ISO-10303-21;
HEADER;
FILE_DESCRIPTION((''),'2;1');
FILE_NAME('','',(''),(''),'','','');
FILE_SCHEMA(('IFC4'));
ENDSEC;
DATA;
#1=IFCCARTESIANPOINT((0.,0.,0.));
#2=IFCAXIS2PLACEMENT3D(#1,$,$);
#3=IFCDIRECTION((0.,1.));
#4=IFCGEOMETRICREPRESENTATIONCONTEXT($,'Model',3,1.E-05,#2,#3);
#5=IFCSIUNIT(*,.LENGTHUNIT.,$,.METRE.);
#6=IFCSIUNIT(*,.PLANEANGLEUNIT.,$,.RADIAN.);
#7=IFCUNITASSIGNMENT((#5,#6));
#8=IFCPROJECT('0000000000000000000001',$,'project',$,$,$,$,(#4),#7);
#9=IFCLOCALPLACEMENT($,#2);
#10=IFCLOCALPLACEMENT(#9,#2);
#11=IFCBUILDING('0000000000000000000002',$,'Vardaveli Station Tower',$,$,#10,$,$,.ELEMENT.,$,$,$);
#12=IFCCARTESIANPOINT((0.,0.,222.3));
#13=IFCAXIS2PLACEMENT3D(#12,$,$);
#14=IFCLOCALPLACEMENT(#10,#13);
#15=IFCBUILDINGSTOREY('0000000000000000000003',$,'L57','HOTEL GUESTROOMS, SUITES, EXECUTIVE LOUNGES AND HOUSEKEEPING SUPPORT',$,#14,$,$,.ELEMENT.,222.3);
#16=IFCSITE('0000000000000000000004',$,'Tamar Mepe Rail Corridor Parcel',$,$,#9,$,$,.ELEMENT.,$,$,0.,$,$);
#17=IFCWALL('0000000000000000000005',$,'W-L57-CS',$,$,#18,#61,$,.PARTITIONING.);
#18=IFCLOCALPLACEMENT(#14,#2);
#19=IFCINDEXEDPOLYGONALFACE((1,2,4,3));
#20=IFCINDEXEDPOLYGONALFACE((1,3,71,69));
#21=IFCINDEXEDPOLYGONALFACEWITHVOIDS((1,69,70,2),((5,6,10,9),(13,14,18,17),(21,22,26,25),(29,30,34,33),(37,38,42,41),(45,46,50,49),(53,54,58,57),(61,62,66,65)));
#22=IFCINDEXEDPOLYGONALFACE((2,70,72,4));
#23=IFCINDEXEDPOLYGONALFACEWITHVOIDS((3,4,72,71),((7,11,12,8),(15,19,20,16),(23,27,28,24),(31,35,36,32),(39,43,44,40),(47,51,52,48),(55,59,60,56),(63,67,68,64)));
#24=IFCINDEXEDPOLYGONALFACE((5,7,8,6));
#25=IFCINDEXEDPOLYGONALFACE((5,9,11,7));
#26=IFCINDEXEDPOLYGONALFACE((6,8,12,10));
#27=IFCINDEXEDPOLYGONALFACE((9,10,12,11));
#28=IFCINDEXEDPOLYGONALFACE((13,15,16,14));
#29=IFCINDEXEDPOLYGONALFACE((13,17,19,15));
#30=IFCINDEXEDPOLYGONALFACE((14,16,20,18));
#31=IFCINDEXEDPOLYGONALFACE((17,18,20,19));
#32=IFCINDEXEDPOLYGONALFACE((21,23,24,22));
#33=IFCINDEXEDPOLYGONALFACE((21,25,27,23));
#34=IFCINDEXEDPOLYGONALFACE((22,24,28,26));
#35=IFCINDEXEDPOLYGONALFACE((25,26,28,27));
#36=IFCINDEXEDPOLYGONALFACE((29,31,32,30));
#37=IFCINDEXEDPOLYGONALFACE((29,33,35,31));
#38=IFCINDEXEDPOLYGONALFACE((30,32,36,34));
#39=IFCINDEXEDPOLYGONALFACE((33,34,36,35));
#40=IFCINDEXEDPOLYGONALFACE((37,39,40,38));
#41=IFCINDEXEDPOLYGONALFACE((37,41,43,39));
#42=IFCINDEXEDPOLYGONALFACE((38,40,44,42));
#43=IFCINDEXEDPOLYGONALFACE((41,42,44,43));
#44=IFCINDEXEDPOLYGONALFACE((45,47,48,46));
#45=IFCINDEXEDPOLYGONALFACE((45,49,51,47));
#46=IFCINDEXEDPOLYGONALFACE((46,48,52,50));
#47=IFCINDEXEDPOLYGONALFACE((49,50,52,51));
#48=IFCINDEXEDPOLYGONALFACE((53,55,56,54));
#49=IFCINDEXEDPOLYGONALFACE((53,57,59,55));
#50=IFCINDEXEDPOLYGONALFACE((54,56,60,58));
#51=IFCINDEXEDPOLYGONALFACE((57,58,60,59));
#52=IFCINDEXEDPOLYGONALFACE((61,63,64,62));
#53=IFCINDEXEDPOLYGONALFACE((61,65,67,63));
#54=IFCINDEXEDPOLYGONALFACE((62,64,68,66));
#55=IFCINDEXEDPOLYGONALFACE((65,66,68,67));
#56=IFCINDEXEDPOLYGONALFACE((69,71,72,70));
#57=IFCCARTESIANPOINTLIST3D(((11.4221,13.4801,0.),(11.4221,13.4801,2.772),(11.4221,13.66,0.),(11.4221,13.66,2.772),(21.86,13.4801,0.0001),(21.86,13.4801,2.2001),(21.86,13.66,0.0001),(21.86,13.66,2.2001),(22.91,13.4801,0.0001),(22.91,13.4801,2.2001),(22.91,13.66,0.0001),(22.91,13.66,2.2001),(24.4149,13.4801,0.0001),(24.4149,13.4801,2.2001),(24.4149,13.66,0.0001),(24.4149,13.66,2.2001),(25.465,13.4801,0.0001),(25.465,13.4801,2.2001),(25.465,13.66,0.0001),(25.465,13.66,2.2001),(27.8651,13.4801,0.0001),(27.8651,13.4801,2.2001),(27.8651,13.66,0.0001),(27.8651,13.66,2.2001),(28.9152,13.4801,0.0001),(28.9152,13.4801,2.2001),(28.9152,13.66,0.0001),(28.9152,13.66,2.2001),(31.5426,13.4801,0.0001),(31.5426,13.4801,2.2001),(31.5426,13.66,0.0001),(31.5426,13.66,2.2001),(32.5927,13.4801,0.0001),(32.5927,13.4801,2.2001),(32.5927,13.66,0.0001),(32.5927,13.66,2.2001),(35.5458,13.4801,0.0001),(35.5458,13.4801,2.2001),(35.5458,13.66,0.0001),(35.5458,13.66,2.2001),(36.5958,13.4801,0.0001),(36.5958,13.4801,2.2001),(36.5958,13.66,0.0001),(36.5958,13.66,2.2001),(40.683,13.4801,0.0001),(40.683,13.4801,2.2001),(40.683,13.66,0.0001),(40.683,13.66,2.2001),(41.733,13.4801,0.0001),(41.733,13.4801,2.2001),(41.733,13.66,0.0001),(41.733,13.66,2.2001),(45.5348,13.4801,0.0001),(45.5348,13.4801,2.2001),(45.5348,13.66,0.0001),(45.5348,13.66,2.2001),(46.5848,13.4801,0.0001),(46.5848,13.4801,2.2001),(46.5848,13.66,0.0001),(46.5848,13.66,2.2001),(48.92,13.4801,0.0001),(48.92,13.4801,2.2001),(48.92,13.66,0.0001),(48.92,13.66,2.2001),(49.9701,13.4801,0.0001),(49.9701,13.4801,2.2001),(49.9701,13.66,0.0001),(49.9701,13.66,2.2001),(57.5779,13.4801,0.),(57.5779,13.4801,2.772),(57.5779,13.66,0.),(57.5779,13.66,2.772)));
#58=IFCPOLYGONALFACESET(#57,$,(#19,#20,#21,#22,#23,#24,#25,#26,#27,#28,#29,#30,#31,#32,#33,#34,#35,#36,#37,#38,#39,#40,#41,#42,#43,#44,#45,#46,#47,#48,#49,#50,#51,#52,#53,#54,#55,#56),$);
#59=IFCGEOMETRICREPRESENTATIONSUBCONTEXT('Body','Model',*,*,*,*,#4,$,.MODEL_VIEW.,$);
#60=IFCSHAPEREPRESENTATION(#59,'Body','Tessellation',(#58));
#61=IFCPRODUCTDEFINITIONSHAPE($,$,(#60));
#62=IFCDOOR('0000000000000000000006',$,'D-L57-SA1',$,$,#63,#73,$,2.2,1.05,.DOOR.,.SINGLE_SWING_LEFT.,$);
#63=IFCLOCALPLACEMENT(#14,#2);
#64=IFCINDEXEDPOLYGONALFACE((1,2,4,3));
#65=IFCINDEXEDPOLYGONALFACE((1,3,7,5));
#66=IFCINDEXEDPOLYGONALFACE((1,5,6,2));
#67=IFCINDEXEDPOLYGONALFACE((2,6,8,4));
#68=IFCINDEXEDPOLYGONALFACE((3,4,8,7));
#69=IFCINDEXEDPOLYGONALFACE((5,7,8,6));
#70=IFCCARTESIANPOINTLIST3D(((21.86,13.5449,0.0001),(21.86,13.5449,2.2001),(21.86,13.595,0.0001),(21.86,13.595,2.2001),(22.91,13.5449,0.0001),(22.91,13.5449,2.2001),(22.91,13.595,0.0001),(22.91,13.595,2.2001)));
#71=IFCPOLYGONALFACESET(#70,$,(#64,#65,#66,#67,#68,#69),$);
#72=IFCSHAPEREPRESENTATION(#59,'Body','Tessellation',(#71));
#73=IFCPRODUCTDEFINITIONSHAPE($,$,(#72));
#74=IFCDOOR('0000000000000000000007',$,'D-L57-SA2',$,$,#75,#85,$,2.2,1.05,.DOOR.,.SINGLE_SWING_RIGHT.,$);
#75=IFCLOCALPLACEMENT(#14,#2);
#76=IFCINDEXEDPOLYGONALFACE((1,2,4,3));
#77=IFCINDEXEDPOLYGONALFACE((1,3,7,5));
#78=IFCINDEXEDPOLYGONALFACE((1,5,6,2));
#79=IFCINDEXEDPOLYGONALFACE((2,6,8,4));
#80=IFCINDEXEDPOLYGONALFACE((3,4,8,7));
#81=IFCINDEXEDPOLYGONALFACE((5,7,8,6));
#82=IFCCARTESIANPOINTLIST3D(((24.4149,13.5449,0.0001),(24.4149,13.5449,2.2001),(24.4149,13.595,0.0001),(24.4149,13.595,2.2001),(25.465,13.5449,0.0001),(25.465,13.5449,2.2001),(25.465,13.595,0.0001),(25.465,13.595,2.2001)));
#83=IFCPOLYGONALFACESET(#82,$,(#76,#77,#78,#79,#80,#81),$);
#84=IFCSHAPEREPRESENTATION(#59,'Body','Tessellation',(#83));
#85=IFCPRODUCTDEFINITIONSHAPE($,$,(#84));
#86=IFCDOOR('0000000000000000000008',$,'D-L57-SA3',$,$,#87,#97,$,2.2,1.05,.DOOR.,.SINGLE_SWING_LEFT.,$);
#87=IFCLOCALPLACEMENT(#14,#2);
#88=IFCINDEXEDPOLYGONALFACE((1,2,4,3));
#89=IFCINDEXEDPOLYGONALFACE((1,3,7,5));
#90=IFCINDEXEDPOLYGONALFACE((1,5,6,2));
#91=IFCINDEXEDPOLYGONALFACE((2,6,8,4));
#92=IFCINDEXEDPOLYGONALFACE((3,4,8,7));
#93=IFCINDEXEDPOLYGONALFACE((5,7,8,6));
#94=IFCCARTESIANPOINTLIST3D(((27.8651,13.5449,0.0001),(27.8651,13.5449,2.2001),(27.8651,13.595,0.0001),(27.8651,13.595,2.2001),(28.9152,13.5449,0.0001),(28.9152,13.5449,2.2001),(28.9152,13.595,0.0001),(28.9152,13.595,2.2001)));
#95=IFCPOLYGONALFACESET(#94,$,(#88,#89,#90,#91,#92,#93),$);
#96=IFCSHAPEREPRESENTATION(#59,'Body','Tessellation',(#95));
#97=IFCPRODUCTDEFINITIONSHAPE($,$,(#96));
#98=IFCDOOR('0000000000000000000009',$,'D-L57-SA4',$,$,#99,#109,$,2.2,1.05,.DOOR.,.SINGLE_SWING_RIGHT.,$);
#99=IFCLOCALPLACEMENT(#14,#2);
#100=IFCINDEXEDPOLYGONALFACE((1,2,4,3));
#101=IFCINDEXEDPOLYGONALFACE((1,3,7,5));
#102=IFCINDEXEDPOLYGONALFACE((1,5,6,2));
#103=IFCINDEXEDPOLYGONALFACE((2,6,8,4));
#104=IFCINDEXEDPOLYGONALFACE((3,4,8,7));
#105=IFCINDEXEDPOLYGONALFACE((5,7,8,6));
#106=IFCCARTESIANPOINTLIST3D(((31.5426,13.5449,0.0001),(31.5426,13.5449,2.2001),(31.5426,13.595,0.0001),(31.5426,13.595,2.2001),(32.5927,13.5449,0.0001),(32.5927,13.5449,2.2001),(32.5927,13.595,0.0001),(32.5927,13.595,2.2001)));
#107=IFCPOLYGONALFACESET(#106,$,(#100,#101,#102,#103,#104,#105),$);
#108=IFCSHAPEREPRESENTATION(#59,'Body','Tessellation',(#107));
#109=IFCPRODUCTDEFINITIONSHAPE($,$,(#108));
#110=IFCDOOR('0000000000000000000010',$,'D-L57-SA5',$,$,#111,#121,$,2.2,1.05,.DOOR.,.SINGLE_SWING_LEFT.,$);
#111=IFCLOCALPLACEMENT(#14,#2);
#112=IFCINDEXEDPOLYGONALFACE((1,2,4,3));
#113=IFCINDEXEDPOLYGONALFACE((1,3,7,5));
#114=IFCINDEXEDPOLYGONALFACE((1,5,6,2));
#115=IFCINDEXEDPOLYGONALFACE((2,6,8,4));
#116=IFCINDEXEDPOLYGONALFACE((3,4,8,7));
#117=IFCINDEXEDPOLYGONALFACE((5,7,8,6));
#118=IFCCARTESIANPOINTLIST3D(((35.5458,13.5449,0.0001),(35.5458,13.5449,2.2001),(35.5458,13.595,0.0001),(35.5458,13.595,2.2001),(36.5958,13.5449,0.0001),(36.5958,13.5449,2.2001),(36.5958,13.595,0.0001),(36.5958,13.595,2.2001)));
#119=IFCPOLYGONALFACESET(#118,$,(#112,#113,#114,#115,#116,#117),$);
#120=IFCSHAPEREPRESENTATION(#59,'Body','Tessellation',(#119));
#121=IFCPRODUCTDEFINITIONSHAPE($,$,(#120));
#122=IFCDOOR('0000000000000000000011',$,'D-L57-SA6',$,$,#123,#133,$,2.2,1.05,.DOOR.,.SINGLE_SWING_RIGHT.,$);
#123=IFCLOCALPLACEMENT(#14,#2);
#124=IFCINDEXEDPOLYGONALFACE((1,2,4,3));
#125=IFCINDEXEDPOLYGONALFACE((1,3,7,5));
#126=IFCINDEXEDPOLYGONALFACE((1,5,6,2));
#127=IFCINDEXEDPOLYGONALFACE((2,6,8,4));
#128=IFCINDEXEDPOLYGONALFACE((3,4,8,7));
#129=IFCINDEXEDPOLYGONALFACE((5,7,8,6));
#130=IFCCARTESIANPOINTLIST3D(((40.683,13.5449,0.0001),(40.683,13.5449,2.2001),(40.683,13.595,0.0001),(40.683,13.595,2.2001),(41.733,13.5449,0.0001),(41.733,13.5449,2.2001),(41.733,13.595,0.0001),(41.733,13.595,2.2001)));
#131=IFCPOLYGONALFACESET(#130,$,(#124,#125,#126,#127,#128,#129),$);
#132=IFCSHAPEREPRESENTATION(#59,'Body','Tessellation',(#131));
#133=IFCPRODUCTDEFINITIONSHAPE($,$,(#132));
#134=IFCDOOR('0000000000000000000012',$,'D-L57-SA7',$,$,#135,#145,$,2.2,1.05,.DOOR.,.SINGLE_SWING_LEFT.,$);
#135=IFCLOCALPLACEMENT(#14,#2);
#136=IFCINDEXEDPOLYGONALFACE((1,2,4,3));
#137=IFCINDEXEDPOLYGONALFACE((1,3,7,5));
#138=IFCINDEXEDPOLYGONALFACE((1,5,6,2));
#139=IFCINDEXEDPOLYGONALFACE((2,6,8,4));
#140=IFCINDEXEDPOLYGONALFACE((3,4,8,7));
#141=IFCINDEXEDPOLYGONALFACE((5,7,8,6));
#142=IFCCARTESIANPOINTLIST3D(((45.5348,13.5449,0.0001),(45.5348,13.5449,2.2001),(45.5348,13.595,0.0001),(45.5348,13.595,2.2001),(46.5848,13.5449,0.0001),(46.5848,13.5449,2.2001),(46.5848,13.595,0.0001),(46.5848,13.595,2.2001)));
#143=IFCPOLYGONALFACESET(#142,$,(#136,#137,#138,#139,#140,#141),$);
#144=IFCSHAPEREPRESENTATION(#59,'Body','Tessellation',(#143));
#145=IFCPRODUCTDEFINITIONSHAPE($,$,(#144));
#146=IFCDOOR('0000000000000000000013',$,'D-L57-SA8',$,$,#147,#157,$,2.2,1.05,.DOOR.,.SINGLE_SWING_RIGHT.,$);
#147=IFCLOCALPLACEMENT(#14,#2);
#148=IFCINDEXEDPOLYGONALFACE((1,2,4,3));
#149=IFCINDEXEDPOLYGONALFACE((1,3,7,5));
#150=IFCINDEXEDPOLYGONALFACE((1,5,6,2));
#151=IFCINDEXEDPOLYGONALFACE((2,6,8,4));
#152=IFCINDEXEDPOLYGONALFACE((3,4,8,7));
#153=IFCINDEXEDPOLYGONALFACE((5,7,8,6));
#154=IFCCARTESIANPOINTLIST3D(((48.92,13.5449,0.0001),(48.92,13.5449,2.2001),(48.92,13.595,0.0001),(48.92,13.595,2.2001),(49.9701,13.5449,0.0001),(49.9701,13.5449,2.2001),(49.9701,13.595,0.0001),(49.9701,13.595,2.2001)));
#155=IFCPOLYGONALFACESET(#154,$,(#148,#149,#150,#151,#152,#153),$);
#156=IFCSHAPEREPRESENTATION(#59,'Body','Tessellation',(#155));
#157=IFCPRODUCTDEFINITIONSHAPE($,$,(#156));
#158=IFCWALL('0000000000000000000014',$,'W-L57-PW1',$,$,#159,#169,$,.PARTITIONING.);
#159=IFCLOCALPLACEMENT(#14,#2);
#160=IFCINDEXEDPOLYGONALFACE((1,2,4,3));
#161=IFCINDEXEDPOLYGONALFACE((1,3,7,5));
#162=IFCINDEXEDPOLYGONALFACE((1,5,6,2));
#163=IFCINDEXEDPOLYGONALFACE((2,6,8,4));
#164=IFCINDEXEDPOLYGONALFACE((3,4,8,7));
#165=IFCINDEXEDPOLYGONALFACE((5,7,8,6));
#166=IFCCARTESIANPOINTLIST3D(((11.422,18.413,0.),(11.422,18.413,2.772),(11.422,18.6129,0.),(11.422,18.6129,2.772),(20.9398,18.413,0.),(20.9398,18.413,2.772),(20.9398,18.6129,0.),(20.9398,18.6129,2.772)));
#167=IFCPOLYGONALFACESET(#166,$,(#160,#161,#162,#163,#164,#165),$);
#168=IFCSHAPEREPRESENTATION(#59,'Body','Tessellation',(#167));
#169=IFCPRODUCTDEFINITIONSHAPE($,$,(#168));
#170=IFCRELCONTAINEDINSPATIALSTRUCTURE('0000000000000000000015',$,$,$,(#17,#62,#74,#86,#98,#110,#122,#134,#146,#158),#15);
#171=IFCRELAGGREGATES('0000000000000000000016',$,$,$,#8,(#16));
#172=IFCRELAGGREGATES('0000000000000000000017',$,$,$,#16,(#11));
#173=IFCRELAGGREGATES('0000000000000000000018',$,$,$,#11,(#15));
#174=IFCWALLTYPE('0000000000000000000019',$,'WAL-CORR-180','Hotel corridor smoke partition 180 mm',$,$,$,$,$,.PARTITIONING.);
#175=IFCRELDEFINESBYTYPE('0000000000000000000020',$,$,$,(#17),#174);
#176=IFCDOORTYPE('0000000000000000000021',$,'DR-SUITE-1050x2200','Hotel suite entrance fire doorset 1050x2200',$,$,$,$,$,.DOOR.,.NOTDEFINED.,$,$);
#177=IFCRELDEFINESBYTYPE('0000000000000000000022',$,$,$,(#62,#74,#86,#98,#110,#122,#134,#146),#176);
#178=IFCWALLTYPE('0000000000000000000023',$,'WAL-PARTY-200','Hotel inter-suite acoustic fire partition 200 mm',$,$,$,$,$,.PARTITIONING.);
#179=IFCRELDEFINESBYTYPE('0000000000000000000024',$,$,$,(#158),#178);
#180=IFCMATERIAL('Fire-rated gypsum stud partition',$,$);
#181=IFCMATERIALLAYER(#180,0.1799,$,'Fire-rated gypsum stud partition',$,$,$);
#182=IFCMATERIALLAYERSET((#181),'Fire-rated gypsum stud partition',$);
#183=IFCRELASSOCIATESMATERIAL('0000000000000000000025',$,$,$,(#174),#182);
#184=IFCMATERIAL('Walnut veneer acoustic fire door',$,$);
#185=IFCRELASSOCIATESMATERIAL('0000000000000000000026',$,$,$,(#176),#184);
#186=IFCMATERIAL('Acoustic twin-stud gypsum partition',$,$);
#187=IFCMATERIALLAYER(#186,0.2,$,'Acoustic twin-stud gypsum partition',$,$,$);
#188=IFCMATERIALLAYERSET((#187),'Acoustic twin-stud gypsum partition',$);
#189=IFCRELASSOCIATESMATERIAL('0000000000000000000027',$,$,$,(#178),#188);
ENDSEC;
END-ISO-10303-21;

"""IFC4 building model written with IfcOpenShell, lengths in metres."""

from ifc_helpers import new_model, si_unit, direction, frame, frame_2d, origin, place, context, subcontext, project, spatial, rectangle, extrude, source, transform, mapped, material, layer, layer_set, type_object, element, fill, save


model = new_model("IFC4")

# Units and contexts
model_context = context("Model", 3, precision=1e-05, world=origin(), true_north=direction((0.0, 1.0)))
body_context = subcontext(model_context, "Body", "Model", "MODEL_VIEW")
ifc_project = project(units=[si_unit("LENGTHUNIT", "METRE"), si_unit("PLANEANGLEUNIT", "RADIAN")], contexts=[model_context])

# Site, building, storey
site_placement = place(None, origin())
site = spatial("IfcSite", under=ifc_project, at=site_placement, Name="Tamar Mepe Rail Corridor Parcel", CompositionType="ELEMENT", RefElevation=0.0)
building_placement = place(site_placement, origin())
building = spatial("IfcBuilding", under=site, at=building_placement, Name="Vardaveli Station Tower", CompositionType="ELEMENT")
storey_placement = place(building_placement, frame((0.0, 0.0, 222.3)))
storey = spatial("IfcBuildingStorey", under=building, at=storey_placement, Name="L57", Description="HOTEL GUESTROOMS, SUITES, EXECUTIVE LOUNGES AND HOUSEKEEPING SUPPORT", CompositionType="ELEMENT", Elevation=222.3)

# Wall, openings, doors
ifc_material_1 = material(Name="Fire-rated gypsum stud partition")
ifc_layer_1 = layer(ifc_material_1, 0.1799, Name="Fire-rated gypsum stud partition")
ifc_layer_set_1 = layer_set([ifc_layer_1], Name="Fire-rated gypsum stud partition")
wall_type_1 = type_object("IfcWallType", Name="WAL-CORR-180", Description="Hotel corridor smoke partition 180 mm", PredefinedType="PARTITIONING", material=ifc_layer_set_1)
shared_shape_1 = source(origin(), body_context, "Body", "SweptSolid", [
    extrude(rectangle(XDim=46.1558, YDim=0.1799, at=frame_2d((23.0779, 0.0))), origin(), (0.0, 0.0, 1.0), 2.772),
])
wall_1_placement = place(storey_placement, frame((11.4221, 13.5701, 0.0), z_axis=(0.0, 0.0, 1.0), x_axis=(1.0, 0.0, 0.0)))
wall_1 = element("IfcWall", 1, at=wall_1_placement, inside=storey, type_object=wall_type_1, Name="W-L57-CS", PredefinedType="PARTITIONING", context=body_context, shape_type="MappedRepresentation", body=[
    mapped(shared_shape_1, transform((0.0, 0.0, 0.0), scale=1.0)),
])
shared_shape_2 = source(origin(), body_context, "Body", "SweptSolid", [
    extrude(rectangle(XDim=1.05, YDim=2.2, at=frame_2d((0.5249, 1.1001))), frame((0.0, 0.1001, 0.0), z_axis=(0.0, -1.0, 0.0), x_axis=(1.0, 0.0, 0.0)), (0.0, 0.0, 1.0), 0.2),
])
opening_1_placement = place(wall_1_placement, frame((10.438, 0.0, 0.0)))
opening_1 = element("IfcOpeningElement", 2, at=opening_1_placement, cuts=wall_1, PredefinedType="OPENING", context=body_context, shape_type="MappedRepresentation", body=[
    mapped(shared_shape_2, transform((0.0, 0.0, 0.0), scale=1.0)),
])
opening_2_placement = place(wall_1_placement, frame((12.9929, 0.0, 0.0)))
opening_2 = element("IfcOpeningElement", 3, at=opening_2_placement, cuts=wall_1, PredefinedType="OPENING", context=body_context, shape_type="MappedRepresentation", body=[
    mapped(shared_shape_2, transform((0.0, 0.0, 0.0), scale=1.0)),
])
opening_3_placement = place(wall_1_placement, frame((16.4431, 0.0, 0.0)))
opening_3 = element("IfcOpeningElement", 4, at=opening_3_placement, cuts=wall_1, PredefinedType="OPENING", context=body_context, shape_type="MappedRepresentation", body=[
    mapped(shared_shape_2, transform((0.0, 0.0, 0.0), scale=1.0)),
])
opening_4_placement = place(wall_1_placement, frame((20.1206, 0.0, 0.0)))
opening_4 = element("IfcOpeningElement", 5, at=opening_4_placement, cuts=wall_1, PredefinedType="OPENING", context=body_context, shape_type="MappedRepresentation", body=[
    mapped(shared_shape_2, transform((0.0, 0.0, 0.0), scale=1.0)),
])
opening_5_placement = place(wall_1_placement, frame((24.1238, 0.0, 0.0)))
opening_5 = element("IfcOpeningElement", 6, at=opening_5_placement, cuts=wall_1, PredefinedType="OPENING", context=body_context, shape_type="MappedRepresentation", body=[
    mapped(shared_shape_2, transform((0.0, 0.0, 0.0), scale=1.0)),
])
opening_6_placement = place(wall_1_placement, frame((29.261, 0.0, 0.0)))
opening_6 = element("IfcOpeningElement", 7, at=opening_6_placement, cuts=wall_1, PredefinedType="OPENING", context=body_context, shape_type="MappedRepresentation", body=[
    mapped(shared_shape_2, transform((0.0, 0.0, 0.0), scale=1.0)),
])
opening_7_placement = place(wall_1_placement, frame((34.1128, 0.0, 0.0)))
opening_7 = element("IfcOpeningElement", 8, at=opening_7_placement, cuts=wall_1, PredefinedType="OPENING", context=body_context, shape_type="MappedRepresentation", body=[
    mapped(shared_shape_2, transform((0.0, 0.0, 0.0), scale=1.0)),
])
opening_8_placement = place(wall_1_placement, frame((37.498, 0.0, 0.0)))
opening_8 = element("IfcOpeningElement", 9, at=opening_8_placement, cuts=wall_1, PredefinedType="OPENING", context=body_context, shape_type="MappedRepresentation", body=[
    mapped(shared_shape_2, transform((0.0, 0.0, 0.0), scale=1.0)),
])
ifc_material_2 = material(Name="Walnut veneer acoustic fire door")
door_type_1 = type_object("IfcDoorType", Name="DR-SUITE-1050x2200", Description="Hotel suite entrance fire doorset 1050x2200", OperationType="NOTDEFINED", PredefinedType="DOOR", material=ifc_material_2)
shared_shape_3 = source(origin(), body_context, "Body", "SweptSolid", [
    extrude(rectangle(XDim=1.05, YDim=2.2, at=frame_2d((0.5249, 1.1001))), frame((0.0, 0.0249, 0.0), z_axis=(0.0, -1.0, 0.0), x_axis=(1.0, 0.0, 0.0)), (0.0, 0.0, 1.0), 0.05),
])
door_1_placement = place(opening_1_placement, origin())
door_1 = element("IfcDoor", 10, at=door_1_placement, inside=storey, type_object=door_type_1, Name="D-L57-SA1", OperationType="SINGLE_SWING_LEFT", OverallHeight=2.2, OverallWidth=1.05, PredefinedType="DOOR", context=body_context, shape_type="MappedRepresentation", body=[
    mapped(shared_shape_3, transform((0.0, 0.0, 0.0), scale=1.0)),
])
fill(opening_1, door_1)
door_2_placement = place(opening_2_placement, origin())
door_2 = element("IfcDoor", 11, at=door_2_placement, inside=storey, type_object=door_type_1, Name="D-L57-SA2", OperationType="SINGLE_SWING_RIGHT", OverallHeight=2.2, OverallWidth=1.05, PredefinedType="DOOR", context=body_context, shape_type="MappedRepresentation", body=[
    mapped(shared_shape_3, transform((0.0, 0.0, 0.0), scale=1.0)),
])
fill(opening_2, door_2)
door_3_placement = place(opening_3_placement, origin())
door_3 = element("IfcDoor", 12, at=door_3_placement, inside=storey, type_object=door_type_1, Name="D-L57-SA3", OperationType="SINGLE_SWING_LEFT", OverallHeight=2.2, OverallWidth=1.05, PredefinedType="DOOR", context=body_context, shape_type="MappedRepresentation", body=[
    mapped(shared_shape_3, transform((0.0, 0.0, 0.0), scale=1.0)),
])
fill(opening_3, door_3)
door_4_placement = place(opening_4_placement, origin())
door_4 = element("IfcDoor", 13, at=door_4_placement, inside=storey, type_object=door_type_1, Name="D-L57-SA4", OperationType="SINGLE_SWING_RIGHT", OverallHeight=2.2, OverallWidth=1.05, PredefinedType="DOOR", context=body_context, shape_type="MappedRepresentation", body=[
    mapped(shared_shape_3, transform((0.0, 0.0, 0.0), scale=1.0)),
])
fill(opening_4, door_4)
door_5_placement = place(opening_5_placement, origin())
door_5 = element("IfcDoor", 14, at=door_5_placement, inside=storey, type_object=door_type_1, Name="D-L57-SA5", OperationType="SINGLE_SWING_LEFT", OverallHeight=2.2, OverallWidth=1.05, PredefinedType="DOOR", context=body_context, shape_type="MappedRepresentation", body=[
    mapped(shared_shape_3, transform((0.0, 0.0, 0.0), scale=1.0)),
])
fill(opening_5, door_5)
door_6_placement = place(opening_6_placement, origin())
door_6 = element("IfcDoor", 15, at=door_6_placement, inside=storey, type_object=door_type_1, Name="D-L57-SA6", OperationType="SINGLE_SWING_RIGHT", OverallHeight=2.2, OverallWidth=1.05, PredefinedType="DOOR", context=body_context, shape_type="MappedRepresentation", body=[
    mapped(shared_shape_3, transform((0.0, 0.0, 0.0), scale=1.0)),
])
fill(opening_6, door_6)
door_7_placement = place(opening_7_placement, origin())
door_7 = element("IfcDoor", 16, at=door_7_placement, inside=storey, type_object=door_type_1, Name="D-L57-SA7", OperationType="SINGLE_SWING_LEFT", OverallHeight=2.2, OverallWidth=1.05, PredefinedType="DOOR", context=body_context, shape_type="MappedRepresentation", body=[
    mapped(shared_shape_3, transform((0.0, 0.0, 0.0), scale=1.0)),
])
fill(opening_7, door_7)
door_8_placement = place(opening_8_placement, origin())
door_8 = element("IfcDoor", 17, at=door_8_placement, inside=storey, type_object=door_type_1, Name="D-L57-SA8", OperationType="SINGLE_SWING_RIGHT", OverallHeight=2.2, OverallWidth=1.05, PredefinedType="DOOR", context=body_context, shape_type="MappedRepresentation", body=[
    mapped(shared_shape_3, transform((0.0, 0.0, 0.0), scale=1.0)),
])
fill(opening_8, door_8)

# Wall
ifc_material_3 = material(Name="Acoustic twin-stud gypsum partition")
ifc_layer_2 = layer(ifc_material_3, 0.2, Name="Acoustic twin-stud gypsum partition")
ifc_layer_set_2 = layer_set([ifc_layer_2], Name="Acoustic twin-stud gypsum partition")
wall_type_2 = type_object("IfcWallType", Name="WAL-PARTY-200", Description="Hotel inter-suite acoustic fire partition 200 mm", PredefinedType="PARTITIONING", material=ifc_layer_set_2)
shared_shape_4 = source(origin(), body_context, "Body", "SweptSolid", [
    extrude(rectangle(XDim=9.5178, YDim=0.2, at=frame_2d((4.7588, 0.0))), origin(), (0.0, 0.0, 1.0), 2.772),
])
wall_2_placement = place(storey_placement, frame((11.4221, 18.5129, 0.0), z_axis=(0.0, 0.0, 1.0), x_axis=(1.0, 0.0, 0.0)))
element("IfcWall", 18, at=wall_2_placement, inside=storey, type_object=wall_type_2, Name="W-L57-PW1", PredefinedType="PARTITIONING", context=body_context, shape_type="MappedRepresentation", body=[
    mapped(shared_shape_4, transform((0.0, 0.0, 0.0), scale=1.0)),
])

save(model, "model.ifc")
